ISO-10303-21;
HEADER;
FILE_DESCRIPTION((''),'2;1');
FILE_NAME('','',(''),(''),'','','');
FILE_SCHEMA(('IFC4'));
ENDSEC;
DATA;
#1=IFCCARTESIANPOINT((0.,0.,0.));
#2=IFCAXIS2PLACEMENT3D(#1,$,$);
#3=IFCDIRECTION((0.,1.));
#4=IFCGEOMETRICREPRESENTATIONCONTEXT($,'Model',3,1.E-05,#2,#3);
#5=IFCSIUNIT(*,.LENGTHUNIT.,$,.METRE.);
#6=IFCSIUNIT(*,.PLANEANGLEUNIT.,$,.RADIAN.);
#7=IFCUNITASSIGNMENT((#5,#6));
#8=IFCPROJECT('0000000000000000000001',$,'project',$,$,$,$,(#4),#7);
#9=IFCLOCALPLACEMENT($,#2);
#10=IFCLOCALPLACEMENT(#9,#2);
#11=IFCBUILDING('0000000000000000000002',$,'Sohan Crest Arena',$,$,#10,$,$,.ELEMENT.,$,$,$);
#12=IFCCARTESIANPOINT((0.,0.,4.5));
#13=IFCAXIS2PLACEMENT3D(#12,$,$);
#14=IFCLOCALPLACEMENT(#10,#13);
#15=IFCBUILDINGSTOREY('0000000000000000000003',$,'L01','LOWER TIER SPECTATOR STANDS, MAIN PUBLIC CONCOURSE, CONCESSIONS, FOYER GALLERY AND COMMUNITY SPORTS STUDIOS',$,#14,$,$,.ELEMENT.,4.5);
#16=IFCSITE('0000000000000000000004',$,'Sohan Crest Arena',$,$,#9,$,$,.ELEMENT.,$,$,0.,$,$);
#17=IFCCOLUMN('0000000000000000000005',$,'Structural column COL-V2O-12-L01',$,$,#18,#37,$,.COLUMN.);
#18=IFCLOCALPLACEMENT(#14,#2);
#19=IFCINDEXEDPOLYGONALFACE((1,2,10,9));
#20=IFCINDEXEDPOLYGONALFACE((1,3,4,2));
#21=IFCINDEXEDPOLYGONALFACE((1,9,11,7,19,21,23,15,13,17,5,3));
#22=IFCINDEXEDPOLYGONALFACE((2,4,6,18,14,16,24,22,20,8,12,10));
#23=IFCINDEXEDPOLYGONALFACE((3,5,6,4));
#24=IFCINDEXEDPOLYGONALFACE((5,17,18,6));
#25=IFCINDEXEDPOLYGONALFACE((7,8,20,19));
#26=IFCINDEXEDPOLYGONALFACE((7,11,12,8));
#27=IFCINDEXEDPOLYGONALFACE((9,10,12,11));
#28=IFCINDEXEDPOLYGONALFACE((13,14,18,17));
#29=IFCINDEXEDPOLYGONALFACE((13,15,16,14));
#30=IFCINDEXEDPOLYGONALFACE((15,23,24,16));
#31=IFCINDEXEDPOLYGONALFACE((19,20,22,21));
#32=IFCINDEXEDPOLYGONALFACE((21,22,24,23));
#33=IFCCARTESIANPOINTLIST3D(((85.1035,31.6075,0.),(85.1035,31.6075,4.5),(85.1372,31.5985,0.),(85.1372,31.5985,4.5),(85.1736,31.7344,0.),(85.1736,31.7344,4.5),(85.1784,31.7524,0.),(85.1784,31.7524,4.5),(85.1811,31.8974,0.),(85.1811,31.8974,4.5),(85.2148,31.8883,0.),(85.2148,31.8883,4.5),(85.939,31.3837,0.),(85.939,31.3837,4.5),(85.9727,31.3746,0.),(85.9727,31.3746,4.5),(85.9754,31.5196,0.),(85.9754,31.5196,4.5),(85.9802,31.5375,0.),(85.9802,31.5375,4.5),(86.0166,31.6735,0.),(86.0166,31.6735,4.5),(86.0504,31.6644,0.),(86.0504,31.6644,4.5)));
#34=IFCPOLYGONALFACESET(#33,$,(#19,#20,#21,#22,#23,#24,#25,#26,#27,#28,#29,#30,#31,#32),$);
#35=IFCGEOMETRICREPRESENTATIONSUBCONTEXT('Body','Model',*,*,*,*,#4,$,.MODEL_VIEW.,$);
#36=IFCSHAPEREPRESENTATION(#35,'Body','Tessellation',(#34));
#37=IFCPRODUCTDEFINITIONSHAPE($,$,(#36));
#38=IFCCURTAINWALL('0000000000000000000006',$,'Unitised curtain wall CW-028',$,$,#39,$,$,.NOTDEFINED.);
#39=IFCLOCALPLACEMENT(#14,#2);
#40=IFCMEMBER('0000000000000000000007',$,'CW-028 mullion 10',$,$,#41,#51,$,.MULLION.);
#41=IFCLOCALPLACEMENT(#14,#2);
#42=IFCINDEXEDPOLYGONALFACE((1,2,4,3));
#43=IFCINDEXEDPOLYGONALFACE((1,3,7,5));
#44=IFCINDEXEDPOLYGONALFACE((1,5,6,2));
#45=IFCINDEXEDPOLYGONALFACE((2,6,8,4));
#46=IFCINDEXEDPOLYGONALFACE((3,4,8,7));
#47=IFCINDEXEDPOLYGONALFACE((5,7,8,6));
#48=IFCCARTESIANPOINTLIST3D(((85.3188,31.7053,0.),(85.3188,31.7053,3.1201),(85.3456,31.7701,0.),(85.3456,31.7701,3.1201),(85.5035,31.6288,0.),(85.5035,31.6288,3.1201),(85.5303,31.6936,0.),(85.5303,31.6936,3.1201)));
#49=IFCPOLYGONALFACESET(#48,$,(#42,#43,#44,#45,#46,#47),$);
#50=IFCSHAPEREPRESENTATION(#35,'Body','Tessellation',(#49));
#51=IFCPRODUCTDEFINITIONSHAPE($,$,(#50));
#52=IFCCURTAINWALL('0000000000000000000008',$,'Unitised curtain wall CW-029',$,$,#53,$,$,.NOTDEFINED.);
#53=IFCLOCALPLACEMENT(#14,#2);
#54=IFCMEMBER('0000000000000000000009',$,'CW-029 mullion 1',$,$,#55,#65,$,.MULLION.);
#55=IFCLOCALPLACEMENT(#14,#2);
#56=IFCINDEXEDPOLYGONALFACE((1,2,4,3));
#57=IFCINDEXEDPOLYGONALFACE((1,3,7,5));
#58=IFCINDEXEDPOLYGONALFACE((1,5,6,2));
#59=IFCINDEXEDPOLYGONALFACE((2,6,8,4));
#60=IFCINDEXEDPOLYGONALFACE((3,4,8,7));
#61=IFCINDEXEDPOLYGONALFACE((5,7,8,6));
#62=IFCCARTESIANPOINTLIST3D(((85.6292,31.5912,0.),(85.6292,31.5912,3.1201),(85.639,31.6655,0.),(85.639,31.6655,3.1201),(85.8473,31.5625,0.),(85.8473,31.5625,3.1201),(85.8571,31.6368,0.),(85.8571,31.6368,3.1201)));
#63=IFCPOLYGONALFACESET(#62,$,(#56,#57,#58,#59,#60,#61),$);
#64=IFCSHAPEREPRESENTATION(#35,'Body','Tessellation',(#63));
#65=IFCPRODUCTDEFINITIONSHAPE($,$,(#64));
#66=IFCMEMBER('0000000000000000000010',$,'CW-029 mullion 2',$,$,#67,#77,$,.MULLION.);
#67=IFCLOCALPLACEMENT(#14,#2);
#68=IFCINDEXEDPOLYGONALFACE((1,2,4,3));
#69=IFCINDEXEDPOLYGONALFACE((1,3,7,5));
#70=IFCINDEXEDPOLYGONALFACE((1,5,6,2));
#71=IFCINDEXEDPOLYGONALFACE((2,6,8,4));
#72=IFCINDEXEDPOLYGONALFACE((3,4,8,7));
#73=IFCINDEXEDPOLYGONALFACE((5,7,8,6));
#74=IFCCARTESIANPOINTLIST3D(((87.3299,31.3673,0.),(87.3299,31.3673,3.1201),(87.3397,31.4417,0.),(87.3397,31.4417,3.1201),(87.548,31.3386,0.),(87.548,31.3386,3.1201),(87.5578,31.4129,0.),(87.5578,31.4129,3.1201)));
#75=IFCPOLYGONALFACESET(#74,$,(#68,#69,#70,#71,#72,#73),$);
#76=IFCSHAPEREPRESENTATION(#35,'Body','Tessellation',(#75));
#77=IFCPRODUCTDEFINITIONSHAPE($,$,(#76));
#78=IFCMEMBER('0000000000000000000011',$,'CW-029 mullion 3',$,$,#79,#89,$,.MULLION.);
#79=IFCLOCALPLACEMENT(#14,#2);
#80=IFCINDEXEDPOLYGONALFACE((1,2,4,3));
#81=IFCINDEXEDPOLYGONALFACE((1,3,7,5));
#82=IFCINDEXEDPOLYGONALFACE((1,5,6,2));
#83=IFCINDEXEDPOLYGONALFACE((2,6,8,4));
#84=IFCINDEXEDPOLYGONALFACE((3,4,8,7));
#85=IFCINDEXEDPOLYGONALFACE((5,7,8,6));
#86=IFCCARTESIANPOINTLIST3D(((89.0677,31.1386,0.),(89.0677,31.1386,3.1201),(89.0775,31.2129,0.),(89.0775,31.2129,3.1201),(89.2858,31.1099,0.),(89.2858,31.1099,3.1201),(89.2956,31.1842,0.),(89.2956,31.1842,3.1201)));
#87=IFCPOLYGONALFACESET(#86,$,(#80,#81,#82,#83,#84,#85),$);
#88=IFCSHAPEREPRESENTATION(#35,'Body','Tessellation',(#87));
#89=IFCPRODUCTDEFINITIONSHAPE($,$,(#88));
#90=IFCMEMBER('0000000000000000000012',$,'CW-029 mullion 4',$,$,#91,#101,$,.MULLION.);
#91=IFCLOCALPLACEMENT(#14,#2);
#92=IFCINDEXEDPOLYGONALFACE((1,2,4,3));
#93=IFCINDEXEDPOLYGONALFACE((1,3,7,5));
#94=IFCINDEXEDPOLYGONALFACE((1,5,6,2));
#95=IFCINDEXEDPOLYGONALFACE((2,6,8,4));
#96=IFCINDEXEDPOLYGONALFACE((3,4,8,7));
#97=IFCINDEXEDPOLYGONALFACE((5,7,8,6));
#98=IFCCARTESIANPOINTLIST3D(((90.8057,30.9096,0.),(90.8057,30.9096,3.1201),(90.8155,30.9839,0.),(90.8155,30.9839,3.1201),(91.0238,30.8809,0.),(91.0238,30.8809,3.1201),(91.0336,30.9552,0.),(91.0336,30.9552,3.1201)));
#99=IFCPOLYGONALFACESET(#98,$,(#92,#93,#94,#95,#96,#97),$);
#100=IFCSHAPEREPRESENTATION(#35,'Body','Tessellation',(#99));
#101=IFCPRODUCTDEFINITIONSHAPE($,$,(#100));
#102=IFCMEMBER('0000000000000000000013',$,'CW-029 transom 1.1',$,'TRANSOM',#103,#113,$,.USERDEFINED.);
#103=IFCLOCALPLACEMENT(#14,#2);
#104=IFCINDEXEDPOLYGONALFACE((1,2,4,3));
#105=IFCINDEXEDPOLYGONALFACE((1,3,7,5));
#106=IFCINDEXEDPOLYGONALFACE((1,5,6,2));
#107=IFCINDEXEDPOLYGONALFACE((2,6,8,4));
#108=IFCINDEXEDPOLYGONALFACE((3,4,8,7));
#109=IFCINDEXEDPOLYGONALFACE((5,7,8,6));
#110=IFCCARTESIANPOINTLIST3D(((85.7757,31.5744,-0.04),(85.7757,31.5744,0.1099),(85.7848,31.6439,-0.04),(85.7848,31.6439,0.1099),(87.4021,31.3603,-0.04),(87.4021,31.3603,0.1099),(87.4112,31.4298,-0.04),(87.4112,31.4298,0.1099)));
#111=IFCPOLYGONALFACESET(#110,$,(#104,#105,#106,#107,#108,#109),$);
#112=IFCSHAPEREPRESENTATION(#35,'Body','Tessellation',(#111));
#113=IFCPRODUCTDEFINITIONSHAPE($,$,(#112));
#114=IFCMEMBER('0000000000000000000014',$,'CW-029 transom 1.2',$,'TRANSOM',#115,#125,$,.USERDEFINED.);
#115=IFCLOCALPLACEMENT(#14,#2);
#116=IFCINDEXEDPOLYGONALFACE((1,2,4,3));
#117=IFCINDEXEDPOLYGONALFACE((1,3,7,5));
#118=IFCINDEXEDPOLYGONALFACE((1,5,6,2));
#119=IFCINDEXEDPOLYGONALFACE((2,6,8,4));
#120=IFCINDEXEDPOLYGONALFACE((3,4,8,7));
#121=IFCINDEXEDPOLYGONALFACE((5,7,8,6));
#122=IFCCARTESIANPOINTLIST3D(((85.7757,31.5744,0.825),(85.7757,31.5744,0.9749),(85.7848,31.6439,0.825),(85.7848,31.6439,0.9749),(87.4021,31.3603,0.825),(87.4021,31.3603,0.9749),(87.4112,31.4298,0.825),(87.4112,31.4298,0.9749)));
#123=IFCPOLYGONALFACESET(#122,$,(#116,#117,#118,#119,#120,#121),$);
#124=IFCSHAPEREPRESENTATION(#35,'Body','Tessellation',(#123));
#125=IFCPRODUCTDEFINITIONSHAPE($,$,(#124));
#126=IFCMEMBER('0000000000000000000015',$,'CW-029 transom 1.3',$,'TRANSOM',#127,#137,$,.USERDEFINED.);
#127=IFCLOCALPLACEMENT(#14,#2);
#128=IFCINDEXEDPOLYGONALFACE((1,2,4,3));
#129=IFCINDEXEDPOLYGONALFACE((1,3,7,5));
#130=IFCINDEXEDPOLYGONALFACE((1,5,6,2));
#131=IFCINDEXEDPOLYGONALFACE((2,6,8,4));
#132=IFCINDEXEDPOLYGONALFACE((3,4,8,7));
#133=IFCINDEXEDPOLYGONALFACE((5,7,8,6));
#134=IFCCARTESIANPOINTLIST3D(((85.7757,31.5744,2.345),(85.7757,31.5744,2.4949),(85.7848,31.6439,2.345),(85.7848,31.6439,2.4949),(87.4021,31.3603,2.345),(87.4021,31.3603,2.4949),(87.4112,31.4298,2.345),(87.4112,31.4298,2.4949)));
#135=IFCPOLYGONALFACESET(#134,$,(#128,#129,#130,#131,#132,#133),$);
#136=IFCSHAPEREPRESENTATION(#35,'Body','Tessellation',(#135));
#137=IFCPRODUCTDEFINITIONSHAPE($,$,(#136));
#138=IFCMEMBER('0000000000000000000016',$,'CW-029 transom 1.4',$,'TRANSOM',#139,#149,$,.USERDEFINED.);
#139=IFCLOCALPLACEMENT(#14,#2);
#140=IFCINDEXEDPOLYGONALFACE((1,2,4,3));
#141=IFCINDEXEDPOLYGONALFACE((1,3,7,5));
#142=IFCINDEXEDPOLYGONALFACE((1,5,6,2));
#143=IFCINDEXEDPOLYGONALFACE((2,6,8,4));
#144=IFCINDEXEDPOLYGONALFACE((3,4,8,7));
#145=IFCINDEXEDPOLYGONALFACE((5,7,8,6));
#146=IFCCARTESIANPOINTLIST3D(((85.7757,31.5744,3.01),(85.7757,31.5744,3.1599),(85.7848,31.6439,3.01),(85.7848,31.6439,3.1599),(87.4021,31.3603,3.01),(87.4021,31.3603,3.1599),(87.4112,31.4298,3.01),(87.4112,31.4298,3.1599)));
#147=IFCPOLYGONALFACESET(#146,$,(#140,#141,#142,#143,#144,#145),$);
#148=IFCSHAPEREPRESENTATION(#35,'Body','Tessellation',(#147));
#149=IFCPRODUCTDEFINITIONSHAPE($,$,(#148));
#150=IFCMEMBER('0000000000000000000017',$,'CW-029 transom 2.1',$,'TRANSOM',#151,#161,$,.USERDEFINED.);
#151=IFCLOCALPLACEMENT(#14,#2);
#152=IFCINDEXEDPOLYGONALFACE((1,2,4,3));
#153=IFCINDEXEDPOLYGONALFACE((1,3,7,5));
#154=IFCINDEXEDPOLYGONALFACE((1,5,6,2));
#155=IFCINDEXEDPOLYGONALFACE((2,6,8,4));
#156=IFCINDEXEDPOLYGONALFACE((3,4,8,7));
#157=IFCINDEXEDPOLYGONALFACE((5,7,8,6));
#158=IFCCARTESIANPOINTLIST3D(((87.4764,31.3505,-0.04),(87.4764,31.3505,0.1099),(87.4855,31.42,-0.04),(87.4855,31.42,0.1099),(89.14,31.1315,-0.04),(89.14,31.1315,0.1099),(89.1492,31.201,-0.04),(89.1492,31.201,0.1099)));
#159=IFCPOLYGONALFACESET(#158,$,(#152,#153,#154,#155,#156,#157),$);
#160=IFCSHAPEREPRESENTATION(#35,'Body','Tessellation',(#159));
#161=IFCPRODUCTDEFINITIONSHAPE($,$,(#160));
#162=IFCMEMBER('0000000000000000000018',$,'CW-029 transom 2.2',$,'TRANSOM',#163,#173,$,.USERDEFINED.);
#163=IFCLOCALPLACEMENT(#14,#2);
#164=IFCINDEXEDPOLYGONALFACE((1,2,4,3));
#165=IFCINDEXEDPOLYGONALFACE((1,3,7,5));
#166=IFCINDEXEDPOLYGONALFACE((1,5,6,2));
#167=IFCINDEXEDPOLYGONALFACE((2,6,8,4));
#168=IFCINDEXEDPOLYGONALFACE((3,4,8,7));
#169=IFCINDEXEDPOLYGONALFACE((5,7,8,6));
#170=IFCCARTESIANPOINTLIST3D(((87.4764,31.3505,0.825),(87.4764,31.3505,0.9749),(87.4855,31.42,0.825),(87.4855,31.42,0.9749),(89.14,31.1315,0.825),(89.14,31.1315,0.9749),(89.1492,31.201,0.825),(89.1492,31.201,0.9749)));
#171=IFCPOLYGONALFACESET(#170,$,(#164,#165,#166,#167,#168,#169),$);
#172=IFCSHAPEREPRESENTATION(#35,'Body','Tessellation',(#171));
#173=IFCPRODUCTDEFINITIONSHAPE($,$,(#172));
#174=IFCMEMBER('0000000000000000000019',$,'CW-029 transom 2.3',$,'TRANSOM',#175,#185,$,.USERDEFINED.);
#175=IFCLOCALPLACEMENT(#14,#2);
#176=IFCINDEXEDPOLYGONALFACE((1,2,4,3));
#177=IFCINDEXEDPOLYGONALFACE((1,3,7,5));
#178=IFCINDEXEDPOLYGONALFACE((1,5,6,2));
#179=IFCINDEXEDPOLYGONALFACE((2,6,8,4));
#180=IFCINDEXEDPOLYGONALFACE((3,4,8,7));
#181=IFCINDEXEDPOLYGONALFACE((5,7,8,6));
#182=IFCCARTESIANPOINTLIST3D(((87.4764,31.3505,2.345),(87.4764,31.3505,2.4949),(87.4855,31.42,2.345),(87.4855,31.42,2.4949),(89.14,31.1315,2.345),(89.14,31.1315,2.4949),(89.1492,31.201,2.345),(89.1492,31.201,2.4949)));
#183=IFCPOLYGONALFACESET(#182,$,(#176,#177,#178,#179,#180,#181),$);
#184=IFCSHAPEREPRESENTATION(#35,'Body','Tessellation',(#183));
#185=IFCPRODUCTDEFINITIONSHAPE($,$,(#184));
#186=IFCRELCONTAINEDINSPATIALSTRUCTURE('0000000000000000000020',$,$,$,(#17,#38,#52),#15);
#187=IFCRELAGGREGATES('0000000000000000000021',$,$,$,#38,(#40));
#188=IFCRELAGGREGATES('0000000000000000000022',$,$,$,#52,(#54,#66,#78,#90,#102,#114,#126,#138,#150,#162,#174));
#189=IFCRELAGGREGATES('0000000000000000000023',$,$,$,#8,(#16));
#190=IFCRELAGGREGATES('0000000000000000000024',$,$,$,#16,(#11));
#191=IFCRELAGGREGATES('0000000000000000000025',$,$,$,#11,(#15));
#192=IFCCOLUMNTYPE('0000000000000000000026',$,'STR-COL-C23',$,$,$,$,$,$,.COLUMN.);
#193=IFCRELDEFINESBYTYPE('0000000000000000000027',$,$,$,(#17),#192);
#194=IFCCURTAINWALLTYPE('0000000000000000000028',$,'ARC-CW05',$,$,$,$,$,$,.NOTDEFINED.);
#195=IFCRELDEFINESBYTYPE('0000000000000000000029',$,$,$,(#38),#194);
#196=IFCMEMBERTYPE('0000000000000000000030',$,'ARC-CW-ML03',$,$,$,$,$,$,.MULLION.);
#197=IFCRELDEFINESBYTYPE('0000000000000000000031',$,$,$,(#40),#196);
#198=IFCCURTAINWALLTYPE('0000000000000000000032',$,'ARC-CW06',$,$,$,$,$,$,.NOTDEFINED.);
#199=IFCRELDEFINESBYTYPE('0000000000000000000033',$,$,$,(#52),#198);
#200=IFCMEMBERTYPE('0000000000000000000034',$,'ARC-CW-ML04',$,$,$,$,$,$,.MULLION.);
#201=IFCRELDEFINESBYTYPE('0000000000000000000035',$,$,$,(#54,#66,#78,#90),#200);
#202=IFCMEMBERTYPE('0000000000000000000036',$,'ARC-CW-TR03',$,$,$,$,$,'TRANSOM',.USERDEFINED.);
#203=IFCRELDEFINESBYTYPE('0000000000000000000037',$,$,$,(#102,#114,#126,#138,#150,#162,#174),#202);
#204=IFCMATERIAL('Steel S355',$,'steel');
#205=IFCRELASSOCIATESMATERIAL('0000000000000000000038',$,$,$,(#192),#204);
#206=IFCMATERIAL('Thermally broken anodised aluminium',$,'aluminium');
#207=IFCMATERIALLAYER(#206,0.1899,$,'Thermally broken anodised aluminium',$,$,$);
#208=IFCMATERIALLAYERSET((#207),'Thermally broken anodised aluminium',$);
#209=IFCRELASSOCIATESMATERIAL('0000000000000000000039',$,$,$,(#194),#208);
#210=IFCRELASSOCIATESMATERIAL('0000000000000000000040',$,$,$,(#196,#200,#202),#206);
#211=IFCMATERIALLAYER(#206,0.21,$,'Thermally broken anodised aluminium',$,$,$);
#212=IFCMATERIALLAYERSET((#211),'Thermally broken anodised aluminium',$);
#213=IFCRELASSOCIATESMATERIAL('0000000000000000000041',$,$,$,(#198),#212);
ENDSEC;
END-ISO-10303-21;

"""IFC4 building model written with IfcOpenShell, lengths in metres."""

from ifc_helpers import new_model, si_unit, direction, frame, origin, origin_2d, place, context, subcontext, project, spatial, rectangle, i_section, extrude, material, layer, layer_set, material_profile, profile_set, type_object, element, aggregate, save


model = new_model("IFC4")

# Units and contexts
model_context = context("Model", 3, precision=1e-05, world=origin(), true_north=direction((0.0, 1.0)))
body_context = subcontext(model_context, "Body", "Model", "MODEL_VIEW")
ifc_project = project(units=[si_unit("LENGTHUNIT", "METRE"), si_unit("PLANEANGLEUNIT", "RADIAN")], contexts=[model_context])

# Site, building, storey
site_placement = place(None, origin())
site = spatial("IfcSite", under=ifc_project, at=site_placement, Name="Sohan Crest Arena", CompositionType="ELEMENT", RefElevation=0.0)
building_placement = place(site_placement, origin())
building = spatial("IfcBuilding", under=site, at=building_placement, Name="Sohan Crest Arena", CompositionType="ELEMENT")
storey_placement = place(building_placement, frame((0.0, 0.0, 4.5)))
storey = spatial("IfcBuildingStorey", under=building, at=storey_placement, Name="L01", Description="LOWER TIER SPECTATOR STANDS, MAIN PUBLIC CONCOURSE, CONCESSIONS, FOYER GALLERY AND COMMUNITY SPORTS STUDIOS", CompositionType="ELEMENT", Elevation=4.5)

# Column
ifc_material_1 = material(Name="Steel S355", Category="steel")
ifc_material_profile_1 = material_profile(ifc_material_1, i_section(OverallWidth=0.3, OverallDepth=0.8999, WebThickness=0.0186, FlangeThickness=0.0349, at=origin_2d()), Name="HEB 900")
ifc_profile_set_1 = profile_set([ifc_material_profile_1], Name="Steel S355")
column_type = type_object("IfcColumnType", Name="STR-COL-C23", PredefinedType="COLUMN", material=ifc_profile_set_1)
column_placement = place(storey_placement, frame((85.5769, 31.636, 0.0), z_axis=(0.0, 0.0, 1.0), x_axis=(0.258819, 0.965926, 0.0)))
element("IfcColumn", 1, at=column_placement, inside=storey, type_object=column_type, Name="Structural column COL-V2O-12-L01", PredefinedType="COLUMN", context=body_context, shape_type="SweptSolid", body=[
    extrude(i_section(OverallWidth=0.3, OverallDepth=0.8999, WebThickness=0.0186, FlangeThickness=0.0349, at=origin_2d()), origin(), (0.0, 0.0, 1.0), 4.5),
])

# Curtain wall, member
ifc_material_2 = material(Name="Thermally broken anodised aluminium", Category="aluminium")
ifc_layer_1 = layer(ifc_material_2, 0.1899, Name="Thermally broken anodised aluminium")
ifc_layer_set_1 = layer_set([ifc_layer_1], Name="Thermally broken anodised aluminium")
curtain_wall_type_1 = type_object("IfcCurtainWallType", Name="ARC-CW05", PredefinedType="NOTDEFINED", material=ifc_layer_set_1)
curtain_wall_1_placement = place(storey_placement, origin())
curtain_wall_1 = element("IfcCurtainWall", 2, at=curtain_wall_1_placement, inside=storey, type_object=curtain_wall_type_1, Name="Unitised curtain wall CW-028", PredefinedType="NOTDEFINED")
ifc_material_profile_2 = material_profile(ifc_material_2, rectangle(XDim=0.0701, YDim=0.2, at=origin_2d()), Name="ALU-MULL 70x200")
ifc_profile_set_2 = profile_set([ifc_material_profile_2], Name="Thermally broken anodised aluminium")
member_type_1 = type_object("IfcMemberType", Name="ARC-CW-ML03", PredefinedType="MULLION", material=ifc_profile_set_2)
member_1_placement = place(storey_placement, frame((85.4246, 31.6995, 0.0), z_axis=(0.0, 0.0, 1.0), x_axis=(0.382618, 0.923907, 0.0)))
member_1 = element("IfcMember", 3, at=member_1_placement, type_object=member_type_1, Name="CW-028 mullion 10", PredefinedType="MULLION", context=body_context, shape_type="SweptSolid", body=[
    extrude(rectangle(XDim=0.0701, YDim=0.2, at=origin_2d()), origin(), (0.0, 0.0, 1.0), 3.1201),
])
aggregate(curtain_wall_1, [member_1])

# Curtain wall, members
ifc_layer_2 = layer(ifc_material_2, 0.21, Name="Thermally broken anodised aluminium")
ifc_layer_set_2 = layer_set([ifc_layer_2], Name="Thermally broken anodised aluminium")
curtain_wall_type_2 = type_object("IfcCurtainWallType", Name="ARC-CW06", PredefinedType="NOTDEFINED", material=ifc_layer_set_2)
curtain_wall_2_placement = place(storey_placement, origin())
curtain_wall_2 = element("IfcCurtainWall", 4, at=curtain_wall_2_placement, inside=storey, type_object=curtain_wall_type_2, Name="Unitised curtain wall CW-029", PredefinedType="NOTDEFINED")
ifc_material_profile_3 = material_profile(ifc_material_2, rectangle(XDim=0.075, YDim=0.22, at=origin_2d()), Name="ALU-MULL 75x220")
ifc_profile_set_3 = profile_set([ifc_material_profile_3], Name="Thermally broken anodised aluminium")
member_type_2 = type_object("IfcMemberType", Name="ARC-CW-ML04", PredefinedType="MULLION", material=ifc_profile_set_3)
member_2_placement = place(storey_placement, frame((85.7432, 31.614, 0.0), z_axis=(0.0, 0.0, 1.0), x_axis=(0.130562, 0.99144, 0.0)))
member_2 = element("IfcMember", 5, at=member_2_placement, type_object=member_type_2, Name="CW-029 mullion 1", PredefinedType="MULLION", context=body_context, shape_type="SweptSolid", body=[
    extrude(rectangle(XDim=0.075, YDim=0.22, at=origin_2d()), origin(), (0.0, 0.0, 1.0), 3.1201),
])
member_3_placement = place(storey_placement, frame((87.4438, 31.3901, 0.0), z_axis=(0.0, 0.0, 1.0), x_axis=(0.130562, 0.99144, 0.0)))
member_3 = element("IfcMember", 6, at=member_3_placement, type_object=member_type_2, Name="CW-029 mullion 2", PredefinedType="MULLION", context=body_context, shape_type="SweptSolid", body=[
    extrude(rectangle(XDim=0.075, YDim=0.22, at=origin_2d()), origin(), (0.0, 0.0, 1.0), 3.1201),
])
member_4_placement = place(storey_placement, frame((89.1816, 31.1614, 0.0), z_axis=(0.0, 0.0, 1.0), x_axis=(0.130562, 0.99144, 0.0)))
member_4 = element("IfcMember", 7, at=member_4_placement, type_object=member_type_2, Name="CW-029 mullion 3", PredefinedType="MULLION", context=body_context, shape_type="SweptSolid", body=[
    extrude(rectangle(XDim=0.075, YDim=0.22, at=origin_2d()), origin(), (0.0, 0.0, 1.0), 3.1201),
])
member_5_placement = place(storey_placement, frame((90.9197, 30.9324, 0.0), z_axis=(0.0, 0.0, 1.0), x_axis=(0.130562, 0.99144, 0.0)))
member_5 = element("IfcMember", 8, at=member_5_placement, type_object=member_type_2, Name="CW-029 mullion 4", PredefinedType="MULLION", context=body_context, shape_type="SweptSolid", body=[
    extrude(rectangle(XDim=0.075, YDim=0.22, at=origin_2d()), origin(), (0.0, 0.0, 1.0), 3.1201),
])
ifc_material_profile_4 = material_profile(ifc_material_2, rectangle(XDim=0.0701, YDim=0.1499, at=origin_2d()), Name="ALU-TRAN 70x150")
ifc_profile_set_4 = profile_set([ifc_material_profile_4], Name="Thermally broken anodised aluminium")
member_type_3 = type_object("IfcMemberType", Name="ARC-CW-TR03", ElementType="TRANSOM", PredefinedType="USERDEFINED", material=ifc_profile_set_4)
member_6_placement = place(storey_placement, frame((85.7803, 31.6091, 0.0349), z_axis=(0.991446, -0.130516, 0.0), x_axis=(0.130516, 0.991446, 0.0)))
member_6 = element("IfcMember", 9, at=member_6_placement, type_object=member_type_3, Name="CW-029 transom 1.1", ObjectType="TRANSOM", PredefinedType="USERDEFINED", context=body_context, shape_type="SweptSolid", body=[
    extrude(rectangle(XDim=0.0701, YDim=0.1499, at=origin_2d()), origin(), (0.0, 0.0, 1.0), 1.6404),
])
member_7_placement = place(storey_placement, frame((85.7803, 31.6091, 0.8999), z_axis=(0.991446, -0.130516, 0.0), x_axis=(0.130516, 0.991446, 0.0)))
member_7 = element("IfcMember", 10, at=member_7_placement, type_object=member_type_3, Name="CW-029 transom 1.2", ObjectType="TRANSOM", PredefinedType="USERDEFINED", context=body_context, shape_type="SweptSolid", body=[
    extrude(rectangle(XDim=0.0701, YDim=0.1499, at=origin_2d()), origin(), (0.0, 0.0, 1.0), 1.6404),
])
member_8_placement = place(storey_placement, frame((85.7803, 31.6091, 2.4199), z_axis=(0.991446, -0.130516, 0.0), x_axis=(0.130516, 0.991446, 0.0)))
member_8 = element("IfcMember", 11, at=member_8_placement, type_object=member_type_3, Name="CW-029 transom 1.3", ObjectType="TRANSOM", PredefinedType="USERDEFINED", context=body_context, shape_type="SweptSolid", body=[
    extrude(rectangle(XDim=0.0701, YDim=0.1499, at=origin_2d()), origin(), (0.0, 0.0, 1.0), 1.6404),
])
member_9_placement = place(storey_placement, frame((85.7803, 31.6091, 3.085), z_axis=(0.991446, -0.130516, 0.0), x_axis=(0.130516, 0.991446, 0.0)))
member_9 = element("IfcMember", 12, at=member_9_placement, type_object=member_type_3, Name="CW-029 transom 1.4", ObjectType="TRANSOM", PredefinedType="USERDEFINED", context=body_context, shape_type="SweptSolid", body=[
    extrude(rectangle(XDim=0.0701, YDim=0.1499, at=origin_2d()), origin(), (0.0, 0.0, 1.0), 1.6404),
])
member_10_placement = place(storey_placement, frame((87.481, 31.3853, 0.0349), z_axis=(0.991446, -0.130515, 0.0), x_axis=(0.130515, 0.991446, 0.0)))
member_10 = element("IfcMember", 13, at=member_10_placement, type_object=member_type_3, Name="CW-029 transom 2.1", ObjectType="TRANSOM", PredefinedType="USERDEFINED", context=body_context, shape_type="SweptSolid", body=[
    extrude(rectangle(XDim=0.0701, YDim=0.1499, at=origin_2d()), origin(), (0.0, 0.0, 1.0), 1.678),
])
member_11_placement = place(storey_placement, frame((87.481, 31.3853, 0.8999), z_axis=(0.991446, -0.130515, 0.0), x_axis=(0.130515, 0.991446, 0.0)))
member_11 = element("IfcMember", 14, at=member_11_placement, type_object=member_type_3, Name="CW-029 transom 2.2", ObjectType="TRANSOM", PredefinedType="USERDEFINED", context=body_context, shape_type="SweptSolid", body=[
    extrude(rectangle(XDim=0.0701, YDim=0.1499, at=origin_2d()), origin(), (0.0, 0.0, 1.0), 1.678),
])
member_12_placement = place(storey_placement, frame((87.481, 31.3853, 2.4199), z_axis=(0.991446, -0.130515, 0.0), x_axis=(0.130515, 0.991446, 0.0)))
member_12 = element("IfcMember", 15, at=member_12_placement, type_object=member_type_3, Name="CW-029 transom 2.3", ObjectType="TRANSOM", PredefinedType="USERDEFINED", context=body_context, shape_type="SweptSolid", body=[
    extrude(rectangle(XDim=0.0701, YDim=0.1499, at=origin_2d()), origin(), (0.0, 0.0, 1.0), 1.678),
])

aggregate(curtain_wall_2, [member_2, member_3, member_4, member_5, member_6, member_7, member_8, member_9, member_10, member_11, member_12])

save(model, "model.ifc")
